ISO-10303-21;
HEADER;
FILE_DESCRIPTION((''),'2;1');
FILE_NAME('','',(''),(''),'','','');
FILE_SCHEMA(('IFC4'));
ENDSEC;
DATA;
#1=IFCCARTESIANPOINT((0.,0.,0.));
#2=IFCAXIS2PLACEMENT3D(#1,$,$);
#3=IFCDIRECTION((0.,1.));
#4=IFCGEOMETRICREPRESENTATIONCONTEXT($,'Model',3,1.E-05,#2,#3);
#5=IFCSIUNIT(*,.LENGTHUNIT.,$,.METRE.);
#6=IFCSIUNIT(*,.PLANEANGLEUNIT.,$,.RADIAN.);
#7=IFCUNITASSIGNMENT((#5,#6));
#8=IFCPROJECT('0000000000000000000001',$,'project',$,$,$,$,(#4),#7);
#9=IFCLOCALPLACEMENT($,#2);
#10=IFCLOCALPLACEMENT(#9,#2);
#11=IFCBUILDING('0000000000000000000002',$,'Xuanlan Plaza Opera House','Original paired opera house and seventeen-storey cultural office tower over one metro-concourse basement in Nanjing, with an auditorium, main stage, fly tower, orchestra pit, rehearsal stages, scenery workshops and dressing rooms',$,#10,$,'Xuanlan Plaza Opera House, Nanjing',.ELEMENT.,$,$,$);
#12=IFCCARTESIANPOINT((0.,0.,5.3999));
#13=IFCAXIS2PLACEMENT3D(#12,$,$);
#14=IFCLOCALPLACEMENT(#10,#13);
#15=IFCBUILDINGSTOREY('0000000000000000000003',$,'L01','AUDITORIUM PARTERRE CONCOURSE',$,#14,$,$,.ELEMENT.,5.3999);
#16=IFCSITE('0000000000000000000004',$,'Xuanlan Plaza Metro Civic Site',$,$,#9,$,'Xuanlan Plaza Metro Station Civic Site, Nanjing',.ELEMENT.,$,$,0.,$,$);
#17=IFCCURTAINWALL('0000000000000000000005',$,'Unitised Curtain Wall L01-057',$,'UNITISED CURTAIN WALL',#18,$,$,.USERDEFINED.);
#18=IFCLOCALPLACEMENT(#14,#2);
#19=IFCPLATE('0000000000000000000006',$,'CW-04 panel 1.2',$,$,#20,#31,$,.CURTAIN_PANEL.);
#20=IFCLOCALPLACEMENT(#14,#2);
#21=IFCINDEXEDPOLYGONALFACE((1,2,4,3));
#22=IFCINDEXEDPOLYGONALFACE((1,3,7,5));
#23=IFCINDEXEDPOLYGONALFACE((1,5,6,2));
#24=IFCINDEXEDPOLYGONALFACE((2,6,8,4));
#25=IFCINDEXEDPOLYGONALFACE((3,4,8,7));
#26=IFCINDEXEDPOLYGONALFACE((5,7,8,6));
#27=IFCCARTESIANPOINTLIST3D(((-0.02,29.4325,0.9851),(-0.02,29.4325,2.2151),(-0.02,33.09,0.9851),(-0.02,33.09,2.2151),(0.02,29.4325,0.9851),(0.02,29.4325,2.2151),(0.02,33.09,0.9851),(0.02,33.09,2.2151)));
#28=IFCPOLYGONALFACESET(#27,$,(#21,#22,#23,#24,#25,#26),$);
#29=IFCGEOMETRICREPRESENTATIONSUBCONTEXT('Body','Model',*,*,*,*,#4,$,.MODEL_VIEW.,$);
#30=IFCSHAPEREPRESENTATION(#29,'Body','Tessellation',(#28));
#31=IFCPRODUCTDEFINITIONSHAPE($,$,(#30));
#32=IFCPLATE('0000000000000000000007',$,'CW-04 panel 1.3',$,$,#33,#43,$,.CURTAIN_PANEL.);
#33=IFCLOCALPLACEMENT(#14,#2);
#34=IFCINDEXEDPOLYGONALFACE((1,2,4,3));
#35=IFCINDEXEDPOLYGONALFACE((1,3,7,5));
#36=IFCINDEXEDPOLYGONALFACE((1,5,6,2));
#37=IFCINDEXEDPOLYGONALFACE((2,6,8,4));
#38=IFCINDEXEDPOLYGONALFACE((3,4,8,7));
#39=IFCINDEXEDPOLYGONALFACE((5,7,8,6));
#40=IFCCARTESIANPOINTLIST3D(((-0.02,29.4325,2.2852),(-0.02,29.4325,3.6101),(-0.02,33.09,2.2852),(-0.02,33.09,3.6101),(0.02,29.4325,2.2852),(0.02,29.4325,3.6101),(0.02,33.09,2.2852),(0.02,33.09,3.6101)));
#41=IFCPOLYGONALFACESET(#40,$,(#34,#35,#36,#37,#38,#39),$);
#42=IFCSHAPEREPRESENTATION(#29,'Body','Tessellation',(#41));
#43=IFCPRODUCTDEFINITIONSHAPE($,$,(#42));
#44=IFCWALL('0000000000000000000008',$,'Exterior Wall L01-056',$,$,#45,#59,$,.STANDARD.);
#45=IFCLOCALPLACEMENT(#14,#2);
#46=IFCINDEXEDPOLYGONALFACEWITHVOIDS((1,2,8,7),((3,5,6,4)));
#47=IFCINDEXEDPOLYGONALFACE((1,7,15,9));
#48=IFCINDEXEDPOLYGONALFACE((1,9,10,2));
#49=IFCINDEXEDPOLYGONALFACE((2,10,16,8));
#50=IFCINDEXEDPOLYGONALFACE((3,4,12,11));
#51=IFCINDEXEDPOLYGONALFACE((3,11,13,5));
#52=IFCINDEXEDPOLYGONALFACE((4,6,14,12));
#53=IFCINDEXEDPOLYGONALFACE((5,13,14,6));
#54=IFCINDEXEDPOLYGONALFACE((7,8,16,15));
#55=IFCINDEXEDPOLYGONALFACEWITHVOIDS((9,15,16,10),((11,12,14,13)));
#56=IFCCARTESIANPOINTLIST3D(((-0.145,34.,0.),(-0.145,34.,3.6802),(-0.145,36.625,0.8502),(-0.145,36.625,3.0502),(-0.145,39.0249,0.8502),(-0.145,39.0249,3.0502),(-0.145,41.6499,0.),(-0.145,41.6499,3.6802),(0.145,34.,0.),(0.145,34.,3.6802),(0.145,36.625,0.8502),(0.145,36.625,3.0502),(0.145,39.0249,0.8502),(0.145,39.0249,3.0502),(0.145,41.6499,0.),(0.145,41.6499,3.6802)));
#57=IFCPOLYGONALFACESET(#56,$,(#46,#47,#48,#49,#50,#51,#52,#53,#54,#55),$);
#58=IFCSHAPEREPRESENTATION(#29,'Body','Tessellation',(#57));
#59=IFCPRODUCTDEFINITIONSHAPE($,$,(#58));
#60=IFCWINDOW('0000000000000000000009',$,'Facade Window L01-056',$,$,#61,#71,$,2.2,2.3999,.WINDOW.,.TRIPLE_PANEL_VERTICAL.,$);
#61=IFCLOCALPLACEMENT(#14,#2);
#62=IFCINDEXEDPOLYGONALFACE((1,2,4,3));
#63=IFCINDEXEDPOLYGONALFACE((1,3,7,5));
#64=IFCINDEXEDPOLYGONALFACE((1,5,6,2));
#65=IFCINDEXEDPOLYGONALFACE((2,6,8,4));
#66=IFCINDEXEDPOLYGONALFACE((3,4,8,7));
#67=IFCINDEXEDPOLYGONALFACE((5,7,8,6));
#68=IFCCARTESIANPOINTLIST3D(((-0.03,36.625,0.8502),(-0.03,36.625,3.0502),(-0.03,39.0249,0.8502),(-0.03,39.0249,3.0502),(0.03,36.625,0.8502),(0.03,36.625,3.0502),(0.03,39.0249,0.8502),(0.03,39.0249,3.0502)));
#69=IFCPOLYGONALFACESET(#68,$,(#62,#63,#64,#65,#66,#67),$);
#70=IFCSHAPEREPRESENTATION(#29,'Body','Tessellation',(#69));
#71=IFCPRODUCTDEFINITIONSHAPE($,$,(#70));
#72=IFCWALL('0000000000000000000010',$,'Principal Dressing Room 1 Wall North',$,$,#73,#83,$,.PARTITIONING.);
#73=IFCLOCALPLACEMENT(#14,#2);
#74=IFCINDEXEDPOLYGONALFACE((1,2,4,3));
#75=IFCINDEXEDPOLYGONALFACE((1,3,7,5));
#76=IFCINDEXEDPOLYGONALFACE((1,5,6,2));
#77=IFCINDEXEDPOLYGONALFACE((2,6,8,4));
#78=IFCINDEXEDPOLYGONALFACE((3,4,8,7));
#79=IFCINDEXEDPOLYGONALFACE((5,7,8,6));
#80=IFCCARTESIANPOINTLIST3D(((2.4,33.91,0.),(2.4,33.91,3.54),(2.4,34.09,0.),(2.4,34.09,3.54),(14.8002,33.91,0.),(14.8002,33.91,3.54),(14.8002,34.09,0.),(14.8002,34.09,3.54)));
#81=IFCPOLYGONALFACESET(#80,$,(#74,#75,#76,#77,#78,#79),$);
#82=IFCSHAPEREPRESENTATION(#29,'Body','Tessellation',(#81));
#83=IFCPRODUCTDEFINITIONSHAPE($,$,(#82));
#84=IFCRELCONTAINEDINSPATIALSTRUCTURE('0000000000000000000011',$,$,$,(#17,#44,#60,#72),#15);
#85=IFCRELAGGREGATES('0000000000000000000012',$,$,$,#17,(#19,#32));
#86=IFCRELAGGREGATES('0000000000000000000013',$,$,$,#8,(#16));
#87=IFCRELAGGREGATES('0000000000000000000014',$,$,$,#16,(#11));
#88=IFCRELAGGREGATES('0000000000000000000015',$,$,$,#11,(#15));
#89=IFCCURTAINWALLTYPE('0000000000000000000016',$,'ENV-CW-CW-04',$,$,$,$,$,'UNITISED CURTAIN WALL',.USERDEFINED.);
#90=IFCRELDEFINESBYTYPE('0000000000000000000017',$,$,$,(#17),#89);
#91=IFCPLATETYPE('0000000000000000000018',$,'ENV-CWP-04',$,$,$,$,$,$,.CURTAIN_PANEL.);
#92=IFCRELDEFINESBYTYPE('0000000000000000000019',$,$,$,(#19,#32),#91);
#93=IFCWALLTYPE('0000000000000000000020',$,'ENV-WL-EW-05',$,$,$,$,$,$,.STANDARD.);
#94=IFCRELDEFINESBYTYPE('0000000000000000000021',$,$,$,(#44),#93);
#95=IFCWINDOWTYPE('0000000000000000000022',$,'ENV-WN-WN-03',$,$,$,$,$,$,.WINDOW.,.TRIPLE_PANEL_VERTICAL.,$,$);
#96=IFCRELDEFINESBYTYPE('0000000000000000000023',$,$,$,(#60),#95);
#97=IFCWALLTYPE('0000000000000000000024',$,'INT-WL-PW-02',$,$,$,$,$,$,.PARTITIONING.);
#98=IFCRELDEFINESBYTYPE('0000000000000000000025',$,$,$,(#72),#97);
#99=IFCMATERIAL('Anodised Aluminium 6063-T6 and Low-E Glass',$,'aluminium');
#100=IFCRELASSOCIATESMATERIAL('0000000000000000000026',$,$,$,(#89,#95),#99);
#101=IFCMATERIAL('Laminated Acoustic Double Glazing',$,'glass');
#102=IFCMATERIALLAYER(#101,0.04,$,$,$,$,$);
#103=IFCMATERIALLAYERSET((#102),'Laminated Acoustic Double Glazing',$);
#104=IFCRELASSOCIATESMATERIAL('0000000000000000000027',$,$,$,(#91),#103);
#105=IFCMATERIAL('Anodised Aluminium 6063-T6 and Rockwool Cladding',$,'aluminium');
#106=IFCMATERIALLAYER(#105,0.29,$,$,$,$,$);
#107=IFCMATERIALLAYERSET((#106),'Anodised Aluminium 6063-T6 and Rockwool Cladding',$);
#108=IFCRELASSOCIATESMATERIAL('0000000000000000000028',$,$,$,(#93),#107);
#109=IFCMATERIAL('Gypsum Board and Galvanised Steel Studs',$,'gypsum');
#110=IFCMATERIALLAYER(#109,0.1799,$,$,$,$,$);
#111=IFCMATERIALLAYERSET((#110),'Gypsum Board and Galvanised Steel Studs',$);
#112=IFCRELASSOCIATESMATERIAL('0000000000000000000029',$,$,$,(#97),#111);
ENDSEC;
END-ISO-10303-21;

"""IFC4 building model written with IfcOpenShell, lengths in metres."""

from ifc_helpers import new_model, si_unit, direction, frame, frame_2d, origin, origin_2d, place, context, subcontext, project, spatial, rectangle, extrude, material, layer, layer_set, type_object, element, fill, aggregate, save


model = new_model("IFC4")

# Units and contexts
model_context = context("Model", 3, precision=1e-05, world=origin(), true_north=direction((0.0, 1.0)))
body_context = subcontext(model_context, "Body", "Model", "MODEL_VIEW")
ifc_project = project(units=[si_unit("LENGTHUNIT", "METRE"), si_unit("PLANEANGLEUNIT", "RADIAN")], contexts=[model_context])

# Site, building, storey
site_placement = place(None, origin())
site = spatial("IfcSite", under=ifc_project, at=site_placement, Name="Xuanlan Plaza Metro Civic Site", LongName="Xuanlan Plaza Metro Station Civic Site, Nanjing", CompositionType="ELEMENT", RefElevation=0.0)
building_placement = place(site_placement, origin())
building = spatial("IfcBuilding", under=site, at=building_placement, Name="Xuanlan Plaza Opera House", Description="Original paired opera house and seventeen-storey cultural office tower over one metro-concourse basement in Nanjing, with an auditorium, main stage, fly tower, orchestra pit, rehearsal stages, scenery workshops and dressing rooms", LongName="Xuanlan Plaza Opera House, Nanjing", CompositionType="ELEMENT")
storey_placement = place(building_placement, frame((0.0, 0.0, 5.3999)))
storey = spatial("IfcBuildingStorey", under=building, at=storey_placement, Name="L01", Description="AUDITORIUM PARTERRE CONCOURSE", CompositionType="ELEMENT", Elevation=5.3999)

# Curtain wall
ifc_material_1 = material(Name="Anodised Aluminium 6063-T6 and Low-E Glass", Category="aluminium")
curtain_wall_type = type_object("IfcCurtainWallType", Name="ENV-CW-CW-04", ElementType="UNITISED CURTAIN WALL", PredefinedType="USERDEFINED", material=ifc_material_1)
curtain_wall_placement = place(storey_placement, origin())
curtain_wall = element("IfcCurtainWall", 1, at=curtain_wall_placement, inside=storey, type_object=curtain_wall_type, Name="Unitised Curtain Wall L01-057", ObjectType="UNITISED CURTAIN WALL", PredefinedType="USERDEFINED")

# Plates
ifc_material_2 = material(Name="Laminated Acoustic Double Glazing", Category="glass")
ifc_layer_1 = layer(ifc_material_2, 0.04)
ifc_layer_set_1 = layer_set([ifc_layer_1], Name="Laminated Acoustic Double Glazing")
plate_type = type_object("IfcPlateType", Name="ENV-CWP-04", PredefinedType="CURTAIN_PANEL", material=ifc_layer_set_1)
plate_1_placement = place(storey_placement, frame((0.0, 31.2612, 0.9851), z_axis=(0.0, 0.0, 1.0), x_axis=(0.0, -1.0, 0.0)))
plate_1 = element("IfcPlate", 2, at=plate_1_placement, type_object=plate_type, Name="CW-04 panel 1.2", PredefinedType="CURTAIN_PANEL", context=body_context, shape_type="SweptSolid", body=[
    extrude(rectangle(XDim=3.6575, YDim=0.04, at=origin_2d()), origin(), (0.0, 0.0, 1.0), 1.23),
])
plate_2_placement = place(storey_placement, frame((0.0, 31.2612, 2.2852), z_axis=(0.0, 0.0, 1.0), x_axis=(0.0, -1.0, 0.0)))
plate_2 = element("IfcPlate", 3, at=plate_2_placement, type_object=plate_type, Name="CW-04 panel 1.3", PredefinedType="CURTAIN_PANEL", context=body_context, shape_type="SweptSolid", body=[
    extrude(rectangle(XDim=3.6575, YDim=0.04, at=origin_2d()), origin(), (0.0, 0.0, 1.0), 1.325),
])
aggregate(curtain_wall, [plate_1, plate_2])

# Wall, opening, window
ifc_material_3 = material(Name="Anodised Aluminium 6063-T6 and Rockwool Cladding", Category="aluminium")
ifc_layer_2 = layer(ifc_material_3, 0.29)
ifc_layer_set_2 = layer_set([ifc_layer_2], Name="Anodised Aluminium 6063-T6 and Rockwool Cladding")
wall_type_1 = type_object("IfcWallType", Name="ENV-WL-EW-05", PredefinedType="STANDARD", material=ifc_layer_set_2)
wall_1_placement = place(storey_placement, frame((0.0, 41.6499, 0.0), z_axis=(0.0, 0.0, 1.0), x_axis=(0.0, -1.0, 0.0)))
wall_1 = element("IfcWall", 4, at=wall_1_placement, inside=storey, type_object=wall_type_1, Name="Exterior Wall L01-056", PredefinedType="STANDARD", context=body_context, shape_type="SweptSolid", body=[
    extrude(rectangle(XDim=7.6499, YDim=0.29, at=frame_2d((3.825, 0.0))), origin(), (0.0, 0.0, 1.0), 3.6802),
])
opening_placement = place(wall_1_placement, frame((2.625, 0.0, 0.8501)))
opening = element("IfcOpeningElement", 5, at=opening_placement, cuts=wall_1, PredefinedType="OPENING", context=body_context, shape_type="SweptSolid", body=[
    extrude(rectangle(XDim=2.3999, YDim=2.2, at=frame_2d((1.2, 1.1001))), frame((0.0, 0.155, 0.0), z_axis=(0.0, -1.0, 0.0), x_axis=(1.0, 0.0, 0.0)), (0.0, 0.0, 1.0), 0.3101),
])
window_type = type_object("IfcWindowType", Name="ENV-WN-WN-03", PartitioningType="TRIPLE_PANEL_VERTICAL", PredefinedType="WINDOW", material=ifc_material_1)
window_placement = place(opening_placement, origin())
window = element("IfcWindow", 6, at=window_placement, inside=storey, type_object=window_type, Name="Facade Window L01-056", OverallHeight=2.2, OverallWidth=2.3999, PartitioningType="TRIPLE_PANEL_VERTICAL", PredefinedType="WINDOW", context=body_context, shape_type="SweptSolid", body=[
    extrude(rectangle(XDim=2.3999, YDim=2.2, at=frame_2d((1.2, 1.1001))), frame((0.0, 0.03, 0.0), z_axis=(0.0, -1.0, 0.0), x_axis=(1.0, 0.0, 0.0)), (0.0, 0.0, 1.0), 0.0601),
])
fill(opening, window)

# Wall
ifc_material_4 = material(Name="Gypsum Board and Galvanised Steel Studs", Category="gypsum")
ifc_layer_3 = layer(ifc_material_4, 0.1799)
ifc_layer_set_3 = layer_set([ifc_layer_3], Name="Gypsum Board and Galvanised Steel Studs")
wall_type_2 = type_object("IfcWallType", Name="INT-WL-PW-02", PredefinedType="PARTITIONING", material=ifc_layer_set_3)
wall_2_placement = place(storey_placement, frame((2.3999, 34.0, 0.0), z_axis=(0.0, 0.0, 1.0), x_axis=(1.0, 0.0, 0.0)))
element("IfcWall", 7, at=wall_2_placement, inside=storey, type_object=wall_type_2, Name="Principal Dressing Room 1 Wall North", PredefinedType="PARTITIONING", context=body_context, shape_type="SweptSolid", body=[
    extrude(rectangle(XDim=12.4001, YDim=0.1799, at=frame_2d((6.2002, 0.0))), origin(), (0.0, 0.0, 1.0), 3.54),
])

save(model, "model.ifc")
